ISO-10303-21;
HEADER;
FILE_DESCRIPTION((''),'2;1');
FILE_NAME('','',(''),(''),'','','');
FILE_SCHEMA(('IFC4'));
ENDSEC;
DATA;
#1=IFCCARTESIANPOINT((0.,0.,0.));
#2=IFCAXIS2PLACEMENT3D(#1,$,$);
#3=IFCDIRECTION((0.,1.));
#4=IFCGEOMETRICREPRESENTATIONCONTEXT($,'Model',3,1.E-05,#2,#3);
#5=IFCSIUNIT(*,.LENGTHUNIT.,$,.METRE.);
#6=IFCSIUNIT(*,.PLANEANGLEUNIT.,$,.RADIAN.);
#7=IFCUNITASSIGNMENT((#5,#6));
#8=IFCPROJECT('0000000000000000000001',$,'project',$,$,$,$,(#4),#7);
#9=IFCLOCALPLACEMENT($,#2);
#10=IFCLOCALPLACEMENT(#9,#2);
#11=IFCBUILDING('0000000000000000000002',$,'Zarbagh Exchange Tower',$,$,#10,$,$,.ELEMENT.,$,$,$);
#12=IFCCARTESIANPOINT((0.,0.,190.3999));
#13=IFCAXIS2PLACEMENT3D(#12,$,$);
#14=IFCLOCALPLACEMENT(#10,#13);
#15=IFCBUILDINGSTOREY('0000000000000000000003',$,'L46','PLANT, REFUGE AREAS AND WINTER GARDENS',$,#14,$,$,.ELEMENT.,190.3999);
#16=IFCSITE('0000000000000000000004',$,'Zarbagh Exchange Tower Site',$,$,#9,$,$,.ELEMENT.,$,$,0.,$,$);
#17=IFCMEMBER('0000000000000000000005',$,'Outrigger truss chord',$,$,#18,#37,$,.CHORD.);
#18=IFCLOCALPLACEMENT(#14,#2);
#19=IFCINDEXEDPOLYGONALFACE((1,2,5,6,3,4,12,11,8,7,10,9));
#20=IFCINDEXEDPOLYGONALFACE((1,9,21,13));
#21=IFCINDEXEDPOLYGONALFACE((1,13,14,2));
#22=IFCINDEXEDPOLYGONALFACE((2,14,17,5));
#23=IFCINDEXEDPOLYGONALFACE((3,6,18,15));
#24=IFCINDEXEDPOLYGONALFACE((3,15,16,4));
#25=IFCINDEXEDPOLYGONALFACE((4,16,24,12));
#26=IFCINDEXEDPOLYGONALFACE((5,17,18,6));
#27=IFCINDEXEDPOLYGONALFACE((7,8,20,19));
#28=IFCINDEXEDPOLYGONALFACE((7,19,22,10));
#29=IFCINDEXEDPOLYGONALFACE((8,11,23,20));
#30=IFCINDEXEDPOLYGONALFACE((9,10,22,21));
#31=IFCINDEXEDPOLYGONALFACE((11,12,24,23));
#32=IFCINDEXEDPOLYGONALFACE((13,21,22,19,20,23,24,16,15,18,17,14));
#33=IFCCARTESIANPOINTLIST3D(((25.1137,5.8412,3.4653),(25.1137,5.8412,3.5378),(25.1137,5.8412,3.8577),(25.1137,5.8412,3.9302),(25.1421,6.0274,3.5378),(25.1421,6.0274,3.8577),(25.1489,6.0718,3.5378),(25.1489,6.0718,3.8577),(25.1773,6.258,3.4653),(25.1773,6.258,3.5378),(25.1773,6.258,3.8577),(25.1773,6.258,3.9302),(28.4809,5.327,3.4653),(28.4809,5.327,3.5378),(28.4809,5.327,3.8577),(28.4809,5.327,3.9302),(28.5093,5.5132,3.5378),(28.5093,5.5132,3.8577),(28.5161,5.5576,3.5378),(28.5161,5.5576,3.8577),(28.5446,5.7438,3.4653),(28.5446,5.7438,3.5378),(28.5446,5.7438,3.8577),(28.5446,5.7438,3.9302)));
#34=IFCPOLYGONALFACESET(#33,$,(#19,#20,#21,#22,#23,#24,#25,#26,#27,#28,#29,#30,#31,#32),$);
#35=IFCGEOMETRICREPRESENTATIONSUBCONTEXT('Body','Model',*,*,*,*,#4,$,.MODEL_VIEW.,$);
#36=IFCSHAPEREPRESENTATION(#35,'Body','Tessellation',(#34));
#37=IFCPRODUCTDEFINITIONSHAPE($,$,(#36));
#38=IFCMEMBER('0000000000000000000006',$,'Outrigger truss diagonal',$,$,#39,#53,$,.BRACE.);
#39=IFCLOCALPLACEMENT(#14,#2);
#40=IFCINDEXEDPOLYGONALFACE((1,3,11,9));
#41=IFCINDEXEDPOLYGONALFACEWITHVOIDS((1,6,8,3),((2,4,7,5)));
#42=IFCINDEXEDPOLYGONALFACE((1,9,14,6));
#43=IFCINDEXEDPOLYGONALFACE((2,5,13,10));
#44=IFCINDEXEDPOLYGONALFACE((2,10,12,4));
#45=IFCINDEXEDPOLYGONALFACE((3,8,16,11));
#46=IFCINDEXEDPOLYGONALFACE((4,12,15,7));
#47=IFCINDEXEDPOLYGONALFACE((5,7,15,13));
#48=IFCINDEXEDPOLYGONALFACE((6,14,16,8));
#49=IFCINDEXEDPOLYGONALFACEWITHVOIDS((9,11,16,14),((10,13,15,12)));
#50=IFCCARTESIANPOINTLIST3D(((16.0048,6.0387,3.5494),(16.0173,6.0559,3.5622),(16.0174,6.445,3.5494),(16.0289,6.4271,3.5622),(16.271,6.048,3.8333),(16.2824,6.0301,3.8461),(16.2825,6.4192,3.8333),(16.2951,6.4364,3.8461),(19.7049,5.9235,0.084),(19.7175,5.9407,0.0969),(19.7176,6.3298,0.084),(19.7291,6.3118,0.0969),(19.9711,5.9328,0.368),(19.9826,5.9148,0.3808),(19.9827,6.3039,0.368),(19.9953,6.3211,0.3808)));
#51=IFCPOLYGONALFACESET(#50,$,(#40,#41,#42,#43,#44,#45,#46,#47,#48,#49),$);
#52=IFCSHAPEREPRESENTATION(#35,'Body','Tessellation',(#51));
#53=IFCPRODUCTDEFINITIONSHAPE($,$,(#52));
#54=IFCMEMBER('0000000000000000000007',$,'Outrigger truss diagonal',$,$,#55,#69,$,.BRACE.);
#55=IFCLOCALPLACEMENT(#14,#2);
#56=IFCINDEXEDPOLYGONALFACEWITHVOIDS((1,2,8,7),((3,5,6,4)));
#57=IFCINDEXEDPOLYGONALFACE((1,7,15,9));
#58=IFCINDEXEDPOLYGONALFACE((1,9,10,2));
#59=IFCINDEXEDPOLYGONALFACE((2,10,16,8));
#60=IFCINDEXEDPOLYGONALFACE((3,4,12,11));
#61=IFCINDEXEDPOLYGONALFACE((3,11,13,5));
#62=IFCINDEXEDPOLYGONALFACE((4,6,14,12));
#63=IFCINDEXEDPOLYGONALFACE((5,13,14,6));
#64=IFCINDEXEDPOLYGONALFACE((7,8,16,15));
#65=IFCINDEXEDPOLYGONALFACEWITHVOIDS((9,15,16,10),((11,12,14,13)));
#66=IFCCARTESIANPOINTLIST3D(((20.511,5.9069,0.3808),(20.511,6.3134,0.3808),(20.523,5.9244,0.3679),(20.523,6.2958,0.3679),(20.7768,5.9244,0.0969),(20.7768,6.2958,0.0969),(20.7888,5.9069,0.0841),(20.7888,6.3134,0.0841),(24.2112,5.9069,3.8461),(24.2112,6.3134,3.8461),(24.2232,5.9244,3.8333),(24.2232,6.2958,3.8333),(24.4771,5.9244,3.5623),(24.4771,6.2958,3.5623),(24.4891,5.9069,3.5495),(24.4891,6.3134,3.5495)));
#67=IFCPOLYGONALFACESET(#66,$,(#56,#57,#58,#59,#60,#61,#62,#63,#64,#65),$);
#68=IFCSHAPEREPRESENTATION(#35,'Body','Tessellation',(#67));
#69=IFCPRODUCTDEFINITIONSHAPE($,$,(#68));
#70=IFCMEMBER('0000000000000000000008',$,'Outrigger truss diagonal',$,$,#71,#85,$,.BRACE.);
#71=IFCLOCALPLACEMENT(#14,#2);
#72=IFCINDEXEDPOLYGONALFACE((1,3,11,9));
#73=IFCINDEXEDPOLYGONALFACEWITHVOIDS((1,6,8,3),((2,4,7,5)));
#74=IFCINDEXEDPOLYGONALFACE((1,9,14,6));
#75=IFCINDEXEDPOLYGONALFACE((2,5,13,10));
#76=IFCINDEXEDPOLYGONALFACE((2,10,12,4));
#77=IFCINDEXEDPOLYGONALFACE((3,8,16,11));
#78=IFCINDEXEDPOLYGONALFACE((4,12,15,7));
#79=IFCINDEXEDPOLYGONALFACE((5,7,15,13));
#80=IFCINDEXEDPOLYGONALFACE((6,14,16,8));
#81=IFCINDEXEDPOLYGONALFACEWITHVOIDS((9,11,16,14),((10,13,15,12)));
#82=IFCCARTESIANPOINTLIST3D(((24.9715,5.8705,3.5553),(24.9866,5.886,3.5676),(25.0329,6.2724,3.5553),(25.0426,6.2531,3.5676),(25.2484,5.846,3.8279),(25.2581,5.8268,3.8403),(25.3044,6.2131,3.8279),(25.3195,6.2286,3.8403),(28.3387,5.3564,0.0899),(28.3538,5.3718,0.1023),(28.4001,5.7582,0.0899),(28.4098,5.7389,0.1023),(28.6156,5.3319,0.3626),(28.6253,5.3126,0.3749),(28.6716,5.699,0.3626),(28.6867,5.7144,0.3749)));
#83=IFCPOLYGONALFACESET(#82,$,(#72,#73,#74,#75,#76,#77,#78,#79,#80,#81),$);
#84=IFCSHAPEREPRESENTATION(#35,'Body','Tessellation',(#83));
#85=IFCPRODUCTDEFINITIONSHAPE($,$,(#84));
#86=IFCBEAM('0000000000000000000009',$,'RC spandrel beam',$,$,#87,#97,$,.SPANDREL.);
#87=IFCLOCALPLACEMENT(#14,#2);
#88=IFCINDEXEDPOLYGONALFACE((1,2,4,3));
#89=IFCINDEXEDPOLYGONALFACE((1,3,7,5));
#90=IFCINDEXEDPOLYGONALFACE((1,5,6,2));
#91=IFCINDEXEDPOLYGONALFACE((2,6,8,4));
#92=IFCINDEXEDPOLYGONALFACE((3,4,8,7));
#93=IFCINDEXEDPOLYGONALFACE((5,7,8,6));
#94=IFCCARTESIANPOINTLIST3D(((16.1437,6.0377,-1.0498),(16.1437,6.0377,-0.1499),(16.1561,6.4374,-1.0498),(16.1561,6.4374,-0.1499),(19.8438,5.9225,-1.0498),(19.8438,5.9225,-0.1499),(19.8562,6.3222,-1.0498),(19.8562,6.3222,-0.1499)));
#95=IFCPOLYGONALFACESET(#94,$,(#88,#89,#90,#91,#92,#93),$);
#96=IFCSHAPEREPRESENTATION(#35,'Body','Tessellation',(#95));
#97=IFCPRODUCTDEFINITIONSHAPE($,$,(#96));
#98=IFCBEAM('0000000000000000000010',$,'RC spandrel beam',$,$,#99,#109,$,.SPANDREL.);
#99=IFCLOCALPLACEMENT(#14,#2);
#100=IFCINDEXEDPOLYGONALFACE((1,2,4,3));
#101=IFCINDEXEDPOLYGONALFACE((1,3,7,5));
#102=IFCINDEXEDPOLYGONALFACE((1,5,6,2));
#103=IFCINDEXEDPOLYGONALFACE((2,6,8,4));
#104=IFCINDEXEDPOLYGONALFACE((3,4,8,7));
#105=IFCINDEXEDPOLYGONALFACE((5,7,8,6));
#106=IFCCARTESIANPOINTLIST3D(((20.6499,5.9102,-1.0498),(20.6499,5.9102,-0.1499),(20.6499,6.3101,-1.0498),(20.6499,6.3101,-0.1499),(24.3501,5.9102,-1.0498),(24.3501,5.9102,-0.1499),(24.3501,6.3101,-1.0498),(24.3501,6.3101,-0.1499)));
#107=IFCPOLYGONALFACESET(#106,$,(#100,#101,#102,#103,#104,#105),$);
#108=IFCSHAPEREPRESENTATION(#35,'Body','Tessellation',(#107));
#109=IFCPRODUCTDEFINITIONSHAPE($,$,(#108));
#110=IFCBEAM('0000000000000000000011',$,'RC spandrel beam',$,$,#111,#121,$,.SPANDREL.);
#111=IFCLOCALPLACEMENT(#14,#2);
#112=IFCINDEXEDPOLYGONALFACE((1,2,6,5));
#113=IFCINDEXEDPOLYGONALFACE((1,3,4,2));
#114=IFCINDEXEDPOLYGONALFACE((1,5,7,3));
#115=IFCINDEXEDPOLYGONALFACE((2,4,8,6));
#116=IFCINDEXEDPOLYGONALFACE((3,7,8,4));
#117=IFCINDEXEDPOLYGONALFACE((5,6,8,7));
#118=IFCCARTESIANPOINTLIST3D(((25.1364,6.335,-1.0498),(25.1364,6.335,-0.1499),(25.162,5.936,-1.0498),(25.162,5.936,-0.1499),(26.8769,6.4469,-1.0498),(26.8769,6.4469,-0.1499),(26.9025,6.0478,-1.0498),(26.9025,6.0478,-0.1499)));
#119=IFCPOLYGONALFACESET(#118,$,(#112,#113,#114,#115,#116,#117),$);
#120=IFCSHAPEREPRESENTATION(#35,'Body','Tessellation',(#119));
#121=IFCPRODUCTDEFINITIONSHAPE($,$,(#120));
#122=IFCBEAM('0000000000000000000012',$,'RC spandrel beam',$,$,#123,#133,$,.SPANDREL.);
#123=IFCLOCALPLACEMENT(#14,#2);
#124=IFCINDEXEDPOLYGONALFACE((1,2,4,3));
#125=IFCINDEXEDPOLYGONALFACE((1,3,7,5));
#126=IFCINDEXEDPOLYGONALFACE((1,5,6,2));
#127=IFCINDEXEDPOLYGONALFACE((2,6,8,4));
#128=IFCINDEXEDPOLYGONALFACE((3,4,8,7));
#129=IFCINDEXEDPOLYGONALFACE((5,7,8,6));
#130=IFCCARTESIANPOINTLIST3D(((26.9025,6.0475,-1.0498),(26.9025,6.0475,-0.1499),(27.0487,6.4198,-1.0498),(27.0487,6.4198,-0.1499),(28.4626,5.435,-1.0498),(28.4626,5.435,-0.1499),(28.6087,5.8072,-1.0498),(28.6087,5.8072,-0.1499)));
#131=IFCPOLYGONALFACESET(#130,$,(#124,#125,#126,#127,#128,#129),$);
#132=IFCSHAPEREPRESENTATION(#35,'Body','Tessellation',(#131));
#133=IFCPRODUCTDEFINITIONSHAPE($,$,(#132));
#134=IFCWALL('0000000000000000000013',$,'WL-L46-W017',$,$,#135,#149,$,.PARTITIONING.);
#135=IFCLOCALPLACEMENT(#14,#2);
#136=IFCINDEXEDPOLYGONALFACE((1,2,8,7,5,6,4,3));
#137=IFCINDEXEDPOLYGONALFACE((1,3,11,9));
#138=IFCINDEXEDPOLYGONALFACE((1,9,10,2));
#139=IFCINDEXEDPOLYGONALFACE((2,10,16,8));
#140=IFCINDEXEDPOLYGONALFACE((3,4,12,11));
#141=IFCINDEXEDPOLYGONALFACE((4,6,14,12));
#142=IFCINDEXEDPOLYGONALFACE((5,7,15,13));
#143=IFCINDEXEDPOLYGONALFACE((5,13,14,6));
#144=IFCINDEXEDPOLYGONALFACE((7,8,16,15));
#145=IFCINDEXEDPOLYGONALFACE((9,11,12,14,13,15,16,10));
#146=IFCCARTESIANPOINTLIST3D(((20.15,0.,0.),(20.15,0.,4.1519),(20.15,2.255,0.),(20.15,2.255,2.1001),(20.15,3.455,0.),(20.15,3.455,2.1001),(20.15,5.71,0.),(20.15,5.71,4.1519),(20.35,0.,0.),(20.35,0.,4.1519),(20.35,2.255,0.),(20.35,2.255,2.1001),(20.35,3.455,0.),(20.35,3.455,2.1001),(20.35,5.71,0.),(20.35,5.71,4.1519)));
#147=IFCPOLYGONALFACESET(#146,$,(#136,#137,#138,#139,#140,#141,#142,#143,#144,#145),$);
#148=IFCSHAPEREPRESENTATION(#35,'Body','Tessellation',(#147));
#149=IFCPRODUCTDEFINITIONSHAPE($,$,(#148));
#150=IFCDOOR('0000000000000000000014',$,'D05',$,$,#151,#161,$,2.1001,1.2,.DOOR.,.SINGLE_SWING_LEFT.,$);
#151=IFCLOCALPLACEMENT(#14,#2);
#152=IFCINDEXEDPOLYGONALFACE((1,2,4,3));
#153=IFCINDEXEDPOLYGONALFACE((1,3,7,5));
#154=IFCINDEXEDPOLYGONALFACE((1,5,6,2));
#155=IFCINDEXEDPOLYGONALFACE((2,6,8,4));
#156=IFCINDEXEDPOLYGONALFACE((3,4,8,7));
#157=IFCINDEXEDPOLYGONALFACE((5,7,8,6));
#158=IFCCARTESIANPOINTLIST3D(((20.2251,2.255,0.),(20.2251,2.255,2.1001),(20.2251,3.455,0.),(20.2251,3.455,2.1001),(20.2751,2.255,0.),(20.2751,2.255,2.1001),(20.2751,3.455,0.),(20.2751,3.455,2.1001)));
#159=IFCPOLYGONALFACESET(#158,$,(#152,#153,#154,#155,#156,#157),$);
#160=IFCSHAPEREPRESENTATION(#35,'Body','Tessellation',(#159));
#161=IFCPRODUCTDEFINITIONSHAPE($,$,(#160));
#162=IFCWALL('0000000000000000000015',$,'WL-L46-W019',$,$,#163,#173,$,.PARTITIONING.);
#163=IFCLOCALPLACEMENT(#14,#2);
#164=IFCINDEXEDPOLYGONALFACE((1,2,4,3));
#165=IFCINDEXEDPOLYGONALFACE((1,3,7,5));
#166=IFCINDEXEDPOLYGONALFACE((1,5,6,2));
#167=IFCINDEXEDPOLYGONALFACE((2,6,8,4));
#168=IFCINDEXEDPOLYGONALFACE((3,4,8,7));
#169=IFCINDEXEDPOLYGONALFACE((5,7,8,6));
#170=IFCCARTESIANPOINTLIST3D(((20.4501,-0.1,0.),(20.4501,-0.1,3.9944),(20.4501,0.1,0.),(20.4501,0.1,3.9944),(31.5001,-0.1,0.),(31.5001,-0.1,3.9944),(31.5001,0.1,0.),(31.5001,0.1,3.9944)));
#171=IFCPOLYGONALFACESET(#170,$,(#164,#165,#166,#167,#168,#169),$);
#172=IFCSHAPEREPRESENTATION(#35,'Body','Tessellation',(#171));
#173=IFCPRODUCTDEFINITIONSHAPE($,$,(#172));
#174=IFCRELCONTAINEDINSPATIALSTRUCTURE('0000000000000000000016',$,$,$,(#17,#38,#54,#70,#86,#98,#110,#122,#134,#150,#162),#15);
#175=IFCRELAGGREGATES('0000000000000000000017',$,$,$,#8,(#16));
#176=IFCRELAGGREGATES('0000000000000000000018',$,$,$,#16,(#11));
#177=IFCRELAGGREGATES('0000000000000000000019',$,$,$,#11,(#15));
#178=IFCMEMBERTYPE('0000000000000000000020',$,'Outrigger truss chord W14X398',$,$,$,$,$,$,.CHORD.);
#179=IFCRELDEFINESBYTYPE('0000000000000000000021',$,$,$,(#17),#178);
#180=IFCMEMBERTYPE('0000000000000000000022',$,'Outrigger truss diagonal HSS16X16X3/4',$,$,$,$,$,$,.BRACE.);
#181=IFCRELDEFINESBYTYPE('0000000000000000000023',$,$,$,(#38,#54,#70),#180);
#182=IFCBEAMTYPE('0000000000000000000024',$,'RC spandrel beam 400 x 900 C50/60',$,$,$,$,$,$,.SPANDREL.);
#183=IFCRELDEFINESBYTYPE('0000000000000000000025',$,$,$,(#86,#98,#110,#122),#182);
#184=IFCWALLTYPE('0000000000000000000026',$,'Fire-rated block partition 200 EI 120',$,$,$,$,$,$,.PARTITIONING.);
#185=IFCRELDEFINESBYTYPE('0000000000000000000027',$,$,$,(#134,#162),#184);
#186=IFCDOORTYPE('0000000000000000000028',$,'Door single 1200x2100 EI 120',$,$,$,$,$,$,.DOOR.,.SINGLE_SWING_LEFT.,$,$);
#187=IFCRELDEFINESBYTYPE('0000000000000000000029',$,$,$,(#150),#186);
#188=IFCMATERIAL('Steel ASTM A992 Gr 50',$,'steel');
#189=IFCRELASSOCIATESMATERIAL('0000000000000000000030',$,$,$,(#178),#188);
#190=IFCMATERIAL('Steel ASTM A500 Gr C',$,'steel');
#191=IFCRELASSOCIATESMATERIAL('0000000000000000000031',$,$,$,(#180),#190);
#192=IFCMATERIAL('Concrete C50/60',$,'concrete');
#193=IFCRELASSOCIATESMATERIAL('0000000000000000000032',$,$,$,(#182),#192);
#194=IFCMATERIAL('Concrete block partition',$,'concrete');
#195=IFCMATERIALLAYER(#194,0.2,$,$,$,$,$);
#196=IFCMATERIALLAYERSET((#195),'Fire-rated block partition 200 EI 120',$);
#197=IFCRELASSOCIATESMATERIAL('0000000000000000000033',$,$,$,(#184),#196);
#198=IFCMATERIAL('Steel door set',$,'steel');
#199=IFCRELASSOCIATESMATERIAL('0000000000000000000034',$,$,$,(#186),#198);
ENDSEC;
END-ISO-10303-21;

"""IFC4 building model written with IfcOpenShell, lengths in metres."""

from ifc_helpers import new_model, si_unit, direction, frame, frame_2d, origin, origin_2d, place, context, subcontext, project, spatial, rectangle, hollow_rectangle, i_section, extrude, material, layer, layer_set, material_profile, profile_set, type_object, element, fill, save


model = new_model("IFC4")

# Units and contexts
model_context = context("Model", 3, precision=1e-05, world=origin(), true_north=direction((0.0, 1.0)))
body_context = subcontext(model_context, "Body", "Model", "MODEL_VIEW")
ifc_project = project(units=[si_unit("LENGTHUNIT", "METRE"), si_unit("PLANEANGLEUNIT", "RADIAN")], contexts=[model_context])

# Site, building, storey
site_placement = place(None, origin())
site = spatial("IfcSite", under=ifc_project, at=site_placement, Name="Zarbagh Exchange Tower Site", CompositionType="ELEMENT", RefElevation=0.0)
building_placement = place(site_placement, origin())
building = spatial("IfcBuilding", under=site, at=building_placement, Name="Zarbagh Exchange Tower", CompositionType="ELEMENT")
storey_placement = place(building_placement, frame((0.0, 0.0, 190.3999)))
storey = spatial("IfcBuildingStorey", under=building, at=storey_placement, Name="L46", Description="PLANT, REFUGE AREAS AND WINTER GARDENS", CompositionType="ELEMENT", Elevation=190.3999)

# Shared definitions
ifc_material_1 = material(Name="Concrete C50/60", Category="concrete")

# Shared definitions
ifc_material_2 = material(Name="Steel ASTM A992 Gr 50", Category="steel")
ifc_material_3 = material(Name="Steel ASTM A500 Gr C", Category="steel")

# Members
ifc_material_profile_1 = material_profile(ifc_material_2, i_section(OverallWidth=0.4216, OverallDepth=0.4648, WebThickness=0.0449, FlangeThickness=0.0725, at=origin_2d()), Name="W14X398")
ifc_profile_set_1 = profile_set([ifc_material_profile_1], Name="Steel ASTM A992 Gr 50")
member_type_1 = type_object("IfcMemberType", Name="Outrigger truss chord W14X398", PredefinedType="CHORD", material=ifc_profile_set_1)
for number, where, z_axis, x_axis, name in (
    (1, (25.1455, 6.0496, 3.6978), (0.988542, -0.150948, 0.0), (0.150948, 0.988542, 0.0), "Outrigger truss chord"),
):
    element("IfcMember", number, at=place(storey_placement, frame(where, z_axis=z_axis, x_axis=x_axis)), inside=storey, type_object=member_type_1, Name=name, PredefinedType="CHORD", context=body_context, shape_type="SweptSolid", body=[
        extrude(i_section(OverallWidth=0.4216, OverallDepth=0.4648, WebThickness=0.0449, FlangeThickness=0.0725, at=origin_2d()), origin(), (0.0, 0.0, 1.0), 3.4062),
    ])
ifc_material_profile_2 = material_profile(ifc_material_3, hollow_rectangle(XDim=0.4065, YDim=0.4065, WallThickness=0.0176, at=origin_2d()), Name="HSS16X16X3/4")
ifc_profile_set_2 = profile_set([ifc_material_profile_2], Name="Steel ASTM A500 Gr C")
member_type_2 = type_object("IfcMemberType", Name="Outrigger truss diagonal HSS16X16X3/4", PredefinedType="BRACE", material=ifc_profile_set_2)
member_1_placement = place(storey_placement, frame((19.8501, 6.1223, 0.2324), z_axis=(-0.729703, 0.022725, 0.683386), x_axis=(-0.031128, -0.999515, 0.0)))
element("IfcMember", 2, at=member_1_placement, inside=storey, type_object=member_type_2, Name="Outrigger truss diagonal", PredefinedType="BRACE", context=body_context, shape_type="SweptSolid", body=[
    extrude(hollow_rectangle(XDim=0.4065, YDim=0.4065, WallThickness=0.0176, at=origin_2d()), origin(), (0.0, 0.0, 1.0), 5.0708),
])
member_2_placement = place(storey_placement, frame((20.6499, 6.1101, 0.2324), z_axis=(0.729892, 0.0, 0.683563), x_axis=(0.0, 1.0, 0.0)))
element("IfcMember", 3, at=member_2_placement, inside=storey, type_object=member_type_2, Name="Outrigger truss diagonal", PredefinedType="BRACE", context=body_context, shape_type="SweptSolid", body=[
    extrude(hollow_rectangle(XDim=0.4065, YDim=0.4065, WallThickness=0.0176, at=origin_2d()), origin(), (0.0, 0.0, 1.0), 5.0696),
])
member_3_placement = place(storey_placement, frame((28.5127, 5.5354, 0.2324), z_axis=(-0.692965, 0.105814, 0.713164), x_axis=(-0.150948, -0.988542, 0.0)))
element("IfcMember", 4, at=member_3_placement, inside=storey, type_object=member_type_2, Name="Outrigger truss diagonal", PredefinedType="BRACE", context=body_context, shape_type="SweptSolid", body=[
    extrude(hollow_rectangle(XDim=0.4065, YDim=0.4065, WallThickness=0.0176, at=origin_2d()), origin(), (0.0, 0.0, 1.0), 4.8591),
])

# Beams
ifc_material_profile_3 = material_profile(ifc_material_1, rectangle(XDim=0.3999, YDim=0.8999, at=origin_2d()), Name="RC spandrel beam 400 x 900 C50/60")
ifc_profile_set_3 = profile_set([ifc_material_profile_3], Name="Concrete C50/60")
beam_type_1 = type_object("IfcBeamType", Name="RC spandrel beam 400 x 900 C50/60", PredefinedType="SPANDREL", material=ifc_profile_set_3)
beam_1_placement = place(storey_placement, frame((16.1499, 6.2375, -0.5999), z_axis=(0.999515, -0.031128, 0.0), x_axis=(0.031128, 0.999515, 0.0)))
element("IfcBeam", 5, at=beam_1_placement, inside=storey, type_object=beam_type_1, Name="RC spandrel beam", PredefinedType="SPANDREL", context=body_context, shape_type="SweptSolid", body=[
    extrude(rectangle(XDim=0.3999, YDim=0.8999, at=origin_2d()), origin(), (0.0, 0.0, 1.0), 3.7019),
])
beam_2_placement = place(storey_placement, frame((20.6499, 6.1101, -0.5999), z_axis=(1.0, 0.0, 0.0), x_axis=(0.0, 1.0, 0.0)))
element("IfcBeam", 6, at=beam_2_placement, inside=storey, type_object=beam_type_1, Name="RC spandrel beam", PredefinedType="SPANDREL", context=body_context, shape_type="SweptSolid", body=[
    extrude(rectangle(XDim=0.3999, YDim=0.8999, at=origin_2d()), origin(), (0.0, 0.0, 1.0), 3.7002),
])
beam_3_placement = place(storey_placement, frame((25.1492, 6.1355, -0.5999), z_axis=(0.997943, 0.064112, 0.0), x_axis=(-0.064112, 0.997943, 0.0)))
element("IfcBeam", 7, at=beam_3_placement, inside=storey, type_object=beam_type_1, Name="RC spandrel beam", PredefinedType="SPANDREL", context=body_context, shape_type="SweptSolid", body=[
    extrude(rectangle(XDim=0.3999, YDim=0.8999, at=origin_2d()), origin(), (0.0, 0.0, 1.0), 1.7441),
])
beam_4_placement = place(storey_placement, frame((26.9756, 6.2336, -0.5999), z_axis=(0.930819, -0.365481, 0.0), x_axis=(0.365481, 0.930819, 0.0)))
element("IfcBeam", 8, at=beam_4_placement, inside=storey, type_object=beam_type_1, Name="RC spandrel beam", PredefinedType="SPANDREL", context=body_context, shape_type="SweptSolid", body=[
    extrude(rectangle(XDim=0.3999, YDim=0.8999, at=origin_2d()), origin(), (0.0, 0.0, 1.0), 1.676),
])

# Wall, opening, door
ifc_material_4 = material(Name="Concrete block partition", Category="concrete")
ifc_layer_1 = layer(ifc_material_4, 0.2)
ifc_layer_set_1 = layer_set([ifc_layer_1], Name="Fire-rated block partition 200 EI 120")
wall_type_1 = type_object("IfcWallType", Name="Fire-rated block partition 200 EI 120", PredefinedType="PARTITIONING", material=ifc_layer_set_1)
wall_1_placement = place(storey_placement, frame((20.25, 0.0, 0.0), z_axis=(0.0, 0.0, 1.0), x_axis=(0.0, 1.0, 0.0)))
wall_1 = element("IfcWall", 9, at=wall_1_placement, inside=storey, type_object=wall_type_1, Name="WL-L46-W017", PredefinedType="PARTITIONING", context=body_context, shape_type="SweptSolid", body=[
    extrude(rectangle(XDim=5.71, YDim=0.2, at=frame_2d((2.855, 0.0))), origin(), (0.0, 0.0, 1.0), 4.1519),
])
opening_1_placement = place(wall_1_placement, frame((2.2549, 0.0, 0.0)))
opening_1 = element("IfcOpeningElement", 10, at=opening_1_placement, cuts=wall_1, PredefinedType="OPENING", context=body_context, shape_type="SweptSolid", body=[
    extrude(rectangle(XDim=1.2, YDim=2.1001, at=frame_2d((0.6001, 1.05))), frame((0.0, 0.1099, 0.0), z_axis=(0.0, -1.0, 0.0), x_axis=(1.0, 0.0, 0.0)), (0.0, 0.0, 1.0), 0.22),
])
ifc_material_5 = material(Name="Steel door set", Category="steel")
door_type_1 = type_object("IfcDoorType", Name="Door single 1200x2100 EI 120", OperationType="SINGLE_SWING_LEFT", PredefinedType="DOOR", material=ifc_material_5)
door_1_placement = place(opening_1_placement, origin())
door_1 = element("IfcDoor", 11, at=door_1_placement, inside=storey, type_object=door_type_1, Name="D05", OperationType="SINGLE_SWING_LEFT", OverallHeight=2.1001, OverallWidth=1.2, PredefinedType="DOOR", context=body_context, shape_type="SweptSolid", body=[
    extrude(rectangle(XDim=1.2, YDim=2.1001, at=frame_2d((0.6001, 1.05))), frame((0.0, 0.0249, 0.0), z_axis=(0.0, -1.0, 0.0), x_axis=(1.0, 0.0, 0.0)), (0.0, 0.0, 1.0), 0.05),
])
fill(opening_1, door_1)

# Wall
wall_2_placement = place(storey_placement, frame((31.5, 0.0, 0.0), z_axis=(0.0, 0.0, 1.0), x_axis=(-1.0, 0.0, 0.0)))
element("IfcWall", 12, at=wall_2_placement, inside=storey, type_object=wall_type_1, Name="WL-L46-W019", PredefinedType="PARTITIONING", context=body_context, shape_type="SweptSolid", body=[
    extrude(rectangle(XDim=11.05, YDim=0.2, at=frame_2d((5.5249, 0.0))), origin(), (0.0, 0.0, 1.0), 3.9944),
])

save(model, "model.ifc")
